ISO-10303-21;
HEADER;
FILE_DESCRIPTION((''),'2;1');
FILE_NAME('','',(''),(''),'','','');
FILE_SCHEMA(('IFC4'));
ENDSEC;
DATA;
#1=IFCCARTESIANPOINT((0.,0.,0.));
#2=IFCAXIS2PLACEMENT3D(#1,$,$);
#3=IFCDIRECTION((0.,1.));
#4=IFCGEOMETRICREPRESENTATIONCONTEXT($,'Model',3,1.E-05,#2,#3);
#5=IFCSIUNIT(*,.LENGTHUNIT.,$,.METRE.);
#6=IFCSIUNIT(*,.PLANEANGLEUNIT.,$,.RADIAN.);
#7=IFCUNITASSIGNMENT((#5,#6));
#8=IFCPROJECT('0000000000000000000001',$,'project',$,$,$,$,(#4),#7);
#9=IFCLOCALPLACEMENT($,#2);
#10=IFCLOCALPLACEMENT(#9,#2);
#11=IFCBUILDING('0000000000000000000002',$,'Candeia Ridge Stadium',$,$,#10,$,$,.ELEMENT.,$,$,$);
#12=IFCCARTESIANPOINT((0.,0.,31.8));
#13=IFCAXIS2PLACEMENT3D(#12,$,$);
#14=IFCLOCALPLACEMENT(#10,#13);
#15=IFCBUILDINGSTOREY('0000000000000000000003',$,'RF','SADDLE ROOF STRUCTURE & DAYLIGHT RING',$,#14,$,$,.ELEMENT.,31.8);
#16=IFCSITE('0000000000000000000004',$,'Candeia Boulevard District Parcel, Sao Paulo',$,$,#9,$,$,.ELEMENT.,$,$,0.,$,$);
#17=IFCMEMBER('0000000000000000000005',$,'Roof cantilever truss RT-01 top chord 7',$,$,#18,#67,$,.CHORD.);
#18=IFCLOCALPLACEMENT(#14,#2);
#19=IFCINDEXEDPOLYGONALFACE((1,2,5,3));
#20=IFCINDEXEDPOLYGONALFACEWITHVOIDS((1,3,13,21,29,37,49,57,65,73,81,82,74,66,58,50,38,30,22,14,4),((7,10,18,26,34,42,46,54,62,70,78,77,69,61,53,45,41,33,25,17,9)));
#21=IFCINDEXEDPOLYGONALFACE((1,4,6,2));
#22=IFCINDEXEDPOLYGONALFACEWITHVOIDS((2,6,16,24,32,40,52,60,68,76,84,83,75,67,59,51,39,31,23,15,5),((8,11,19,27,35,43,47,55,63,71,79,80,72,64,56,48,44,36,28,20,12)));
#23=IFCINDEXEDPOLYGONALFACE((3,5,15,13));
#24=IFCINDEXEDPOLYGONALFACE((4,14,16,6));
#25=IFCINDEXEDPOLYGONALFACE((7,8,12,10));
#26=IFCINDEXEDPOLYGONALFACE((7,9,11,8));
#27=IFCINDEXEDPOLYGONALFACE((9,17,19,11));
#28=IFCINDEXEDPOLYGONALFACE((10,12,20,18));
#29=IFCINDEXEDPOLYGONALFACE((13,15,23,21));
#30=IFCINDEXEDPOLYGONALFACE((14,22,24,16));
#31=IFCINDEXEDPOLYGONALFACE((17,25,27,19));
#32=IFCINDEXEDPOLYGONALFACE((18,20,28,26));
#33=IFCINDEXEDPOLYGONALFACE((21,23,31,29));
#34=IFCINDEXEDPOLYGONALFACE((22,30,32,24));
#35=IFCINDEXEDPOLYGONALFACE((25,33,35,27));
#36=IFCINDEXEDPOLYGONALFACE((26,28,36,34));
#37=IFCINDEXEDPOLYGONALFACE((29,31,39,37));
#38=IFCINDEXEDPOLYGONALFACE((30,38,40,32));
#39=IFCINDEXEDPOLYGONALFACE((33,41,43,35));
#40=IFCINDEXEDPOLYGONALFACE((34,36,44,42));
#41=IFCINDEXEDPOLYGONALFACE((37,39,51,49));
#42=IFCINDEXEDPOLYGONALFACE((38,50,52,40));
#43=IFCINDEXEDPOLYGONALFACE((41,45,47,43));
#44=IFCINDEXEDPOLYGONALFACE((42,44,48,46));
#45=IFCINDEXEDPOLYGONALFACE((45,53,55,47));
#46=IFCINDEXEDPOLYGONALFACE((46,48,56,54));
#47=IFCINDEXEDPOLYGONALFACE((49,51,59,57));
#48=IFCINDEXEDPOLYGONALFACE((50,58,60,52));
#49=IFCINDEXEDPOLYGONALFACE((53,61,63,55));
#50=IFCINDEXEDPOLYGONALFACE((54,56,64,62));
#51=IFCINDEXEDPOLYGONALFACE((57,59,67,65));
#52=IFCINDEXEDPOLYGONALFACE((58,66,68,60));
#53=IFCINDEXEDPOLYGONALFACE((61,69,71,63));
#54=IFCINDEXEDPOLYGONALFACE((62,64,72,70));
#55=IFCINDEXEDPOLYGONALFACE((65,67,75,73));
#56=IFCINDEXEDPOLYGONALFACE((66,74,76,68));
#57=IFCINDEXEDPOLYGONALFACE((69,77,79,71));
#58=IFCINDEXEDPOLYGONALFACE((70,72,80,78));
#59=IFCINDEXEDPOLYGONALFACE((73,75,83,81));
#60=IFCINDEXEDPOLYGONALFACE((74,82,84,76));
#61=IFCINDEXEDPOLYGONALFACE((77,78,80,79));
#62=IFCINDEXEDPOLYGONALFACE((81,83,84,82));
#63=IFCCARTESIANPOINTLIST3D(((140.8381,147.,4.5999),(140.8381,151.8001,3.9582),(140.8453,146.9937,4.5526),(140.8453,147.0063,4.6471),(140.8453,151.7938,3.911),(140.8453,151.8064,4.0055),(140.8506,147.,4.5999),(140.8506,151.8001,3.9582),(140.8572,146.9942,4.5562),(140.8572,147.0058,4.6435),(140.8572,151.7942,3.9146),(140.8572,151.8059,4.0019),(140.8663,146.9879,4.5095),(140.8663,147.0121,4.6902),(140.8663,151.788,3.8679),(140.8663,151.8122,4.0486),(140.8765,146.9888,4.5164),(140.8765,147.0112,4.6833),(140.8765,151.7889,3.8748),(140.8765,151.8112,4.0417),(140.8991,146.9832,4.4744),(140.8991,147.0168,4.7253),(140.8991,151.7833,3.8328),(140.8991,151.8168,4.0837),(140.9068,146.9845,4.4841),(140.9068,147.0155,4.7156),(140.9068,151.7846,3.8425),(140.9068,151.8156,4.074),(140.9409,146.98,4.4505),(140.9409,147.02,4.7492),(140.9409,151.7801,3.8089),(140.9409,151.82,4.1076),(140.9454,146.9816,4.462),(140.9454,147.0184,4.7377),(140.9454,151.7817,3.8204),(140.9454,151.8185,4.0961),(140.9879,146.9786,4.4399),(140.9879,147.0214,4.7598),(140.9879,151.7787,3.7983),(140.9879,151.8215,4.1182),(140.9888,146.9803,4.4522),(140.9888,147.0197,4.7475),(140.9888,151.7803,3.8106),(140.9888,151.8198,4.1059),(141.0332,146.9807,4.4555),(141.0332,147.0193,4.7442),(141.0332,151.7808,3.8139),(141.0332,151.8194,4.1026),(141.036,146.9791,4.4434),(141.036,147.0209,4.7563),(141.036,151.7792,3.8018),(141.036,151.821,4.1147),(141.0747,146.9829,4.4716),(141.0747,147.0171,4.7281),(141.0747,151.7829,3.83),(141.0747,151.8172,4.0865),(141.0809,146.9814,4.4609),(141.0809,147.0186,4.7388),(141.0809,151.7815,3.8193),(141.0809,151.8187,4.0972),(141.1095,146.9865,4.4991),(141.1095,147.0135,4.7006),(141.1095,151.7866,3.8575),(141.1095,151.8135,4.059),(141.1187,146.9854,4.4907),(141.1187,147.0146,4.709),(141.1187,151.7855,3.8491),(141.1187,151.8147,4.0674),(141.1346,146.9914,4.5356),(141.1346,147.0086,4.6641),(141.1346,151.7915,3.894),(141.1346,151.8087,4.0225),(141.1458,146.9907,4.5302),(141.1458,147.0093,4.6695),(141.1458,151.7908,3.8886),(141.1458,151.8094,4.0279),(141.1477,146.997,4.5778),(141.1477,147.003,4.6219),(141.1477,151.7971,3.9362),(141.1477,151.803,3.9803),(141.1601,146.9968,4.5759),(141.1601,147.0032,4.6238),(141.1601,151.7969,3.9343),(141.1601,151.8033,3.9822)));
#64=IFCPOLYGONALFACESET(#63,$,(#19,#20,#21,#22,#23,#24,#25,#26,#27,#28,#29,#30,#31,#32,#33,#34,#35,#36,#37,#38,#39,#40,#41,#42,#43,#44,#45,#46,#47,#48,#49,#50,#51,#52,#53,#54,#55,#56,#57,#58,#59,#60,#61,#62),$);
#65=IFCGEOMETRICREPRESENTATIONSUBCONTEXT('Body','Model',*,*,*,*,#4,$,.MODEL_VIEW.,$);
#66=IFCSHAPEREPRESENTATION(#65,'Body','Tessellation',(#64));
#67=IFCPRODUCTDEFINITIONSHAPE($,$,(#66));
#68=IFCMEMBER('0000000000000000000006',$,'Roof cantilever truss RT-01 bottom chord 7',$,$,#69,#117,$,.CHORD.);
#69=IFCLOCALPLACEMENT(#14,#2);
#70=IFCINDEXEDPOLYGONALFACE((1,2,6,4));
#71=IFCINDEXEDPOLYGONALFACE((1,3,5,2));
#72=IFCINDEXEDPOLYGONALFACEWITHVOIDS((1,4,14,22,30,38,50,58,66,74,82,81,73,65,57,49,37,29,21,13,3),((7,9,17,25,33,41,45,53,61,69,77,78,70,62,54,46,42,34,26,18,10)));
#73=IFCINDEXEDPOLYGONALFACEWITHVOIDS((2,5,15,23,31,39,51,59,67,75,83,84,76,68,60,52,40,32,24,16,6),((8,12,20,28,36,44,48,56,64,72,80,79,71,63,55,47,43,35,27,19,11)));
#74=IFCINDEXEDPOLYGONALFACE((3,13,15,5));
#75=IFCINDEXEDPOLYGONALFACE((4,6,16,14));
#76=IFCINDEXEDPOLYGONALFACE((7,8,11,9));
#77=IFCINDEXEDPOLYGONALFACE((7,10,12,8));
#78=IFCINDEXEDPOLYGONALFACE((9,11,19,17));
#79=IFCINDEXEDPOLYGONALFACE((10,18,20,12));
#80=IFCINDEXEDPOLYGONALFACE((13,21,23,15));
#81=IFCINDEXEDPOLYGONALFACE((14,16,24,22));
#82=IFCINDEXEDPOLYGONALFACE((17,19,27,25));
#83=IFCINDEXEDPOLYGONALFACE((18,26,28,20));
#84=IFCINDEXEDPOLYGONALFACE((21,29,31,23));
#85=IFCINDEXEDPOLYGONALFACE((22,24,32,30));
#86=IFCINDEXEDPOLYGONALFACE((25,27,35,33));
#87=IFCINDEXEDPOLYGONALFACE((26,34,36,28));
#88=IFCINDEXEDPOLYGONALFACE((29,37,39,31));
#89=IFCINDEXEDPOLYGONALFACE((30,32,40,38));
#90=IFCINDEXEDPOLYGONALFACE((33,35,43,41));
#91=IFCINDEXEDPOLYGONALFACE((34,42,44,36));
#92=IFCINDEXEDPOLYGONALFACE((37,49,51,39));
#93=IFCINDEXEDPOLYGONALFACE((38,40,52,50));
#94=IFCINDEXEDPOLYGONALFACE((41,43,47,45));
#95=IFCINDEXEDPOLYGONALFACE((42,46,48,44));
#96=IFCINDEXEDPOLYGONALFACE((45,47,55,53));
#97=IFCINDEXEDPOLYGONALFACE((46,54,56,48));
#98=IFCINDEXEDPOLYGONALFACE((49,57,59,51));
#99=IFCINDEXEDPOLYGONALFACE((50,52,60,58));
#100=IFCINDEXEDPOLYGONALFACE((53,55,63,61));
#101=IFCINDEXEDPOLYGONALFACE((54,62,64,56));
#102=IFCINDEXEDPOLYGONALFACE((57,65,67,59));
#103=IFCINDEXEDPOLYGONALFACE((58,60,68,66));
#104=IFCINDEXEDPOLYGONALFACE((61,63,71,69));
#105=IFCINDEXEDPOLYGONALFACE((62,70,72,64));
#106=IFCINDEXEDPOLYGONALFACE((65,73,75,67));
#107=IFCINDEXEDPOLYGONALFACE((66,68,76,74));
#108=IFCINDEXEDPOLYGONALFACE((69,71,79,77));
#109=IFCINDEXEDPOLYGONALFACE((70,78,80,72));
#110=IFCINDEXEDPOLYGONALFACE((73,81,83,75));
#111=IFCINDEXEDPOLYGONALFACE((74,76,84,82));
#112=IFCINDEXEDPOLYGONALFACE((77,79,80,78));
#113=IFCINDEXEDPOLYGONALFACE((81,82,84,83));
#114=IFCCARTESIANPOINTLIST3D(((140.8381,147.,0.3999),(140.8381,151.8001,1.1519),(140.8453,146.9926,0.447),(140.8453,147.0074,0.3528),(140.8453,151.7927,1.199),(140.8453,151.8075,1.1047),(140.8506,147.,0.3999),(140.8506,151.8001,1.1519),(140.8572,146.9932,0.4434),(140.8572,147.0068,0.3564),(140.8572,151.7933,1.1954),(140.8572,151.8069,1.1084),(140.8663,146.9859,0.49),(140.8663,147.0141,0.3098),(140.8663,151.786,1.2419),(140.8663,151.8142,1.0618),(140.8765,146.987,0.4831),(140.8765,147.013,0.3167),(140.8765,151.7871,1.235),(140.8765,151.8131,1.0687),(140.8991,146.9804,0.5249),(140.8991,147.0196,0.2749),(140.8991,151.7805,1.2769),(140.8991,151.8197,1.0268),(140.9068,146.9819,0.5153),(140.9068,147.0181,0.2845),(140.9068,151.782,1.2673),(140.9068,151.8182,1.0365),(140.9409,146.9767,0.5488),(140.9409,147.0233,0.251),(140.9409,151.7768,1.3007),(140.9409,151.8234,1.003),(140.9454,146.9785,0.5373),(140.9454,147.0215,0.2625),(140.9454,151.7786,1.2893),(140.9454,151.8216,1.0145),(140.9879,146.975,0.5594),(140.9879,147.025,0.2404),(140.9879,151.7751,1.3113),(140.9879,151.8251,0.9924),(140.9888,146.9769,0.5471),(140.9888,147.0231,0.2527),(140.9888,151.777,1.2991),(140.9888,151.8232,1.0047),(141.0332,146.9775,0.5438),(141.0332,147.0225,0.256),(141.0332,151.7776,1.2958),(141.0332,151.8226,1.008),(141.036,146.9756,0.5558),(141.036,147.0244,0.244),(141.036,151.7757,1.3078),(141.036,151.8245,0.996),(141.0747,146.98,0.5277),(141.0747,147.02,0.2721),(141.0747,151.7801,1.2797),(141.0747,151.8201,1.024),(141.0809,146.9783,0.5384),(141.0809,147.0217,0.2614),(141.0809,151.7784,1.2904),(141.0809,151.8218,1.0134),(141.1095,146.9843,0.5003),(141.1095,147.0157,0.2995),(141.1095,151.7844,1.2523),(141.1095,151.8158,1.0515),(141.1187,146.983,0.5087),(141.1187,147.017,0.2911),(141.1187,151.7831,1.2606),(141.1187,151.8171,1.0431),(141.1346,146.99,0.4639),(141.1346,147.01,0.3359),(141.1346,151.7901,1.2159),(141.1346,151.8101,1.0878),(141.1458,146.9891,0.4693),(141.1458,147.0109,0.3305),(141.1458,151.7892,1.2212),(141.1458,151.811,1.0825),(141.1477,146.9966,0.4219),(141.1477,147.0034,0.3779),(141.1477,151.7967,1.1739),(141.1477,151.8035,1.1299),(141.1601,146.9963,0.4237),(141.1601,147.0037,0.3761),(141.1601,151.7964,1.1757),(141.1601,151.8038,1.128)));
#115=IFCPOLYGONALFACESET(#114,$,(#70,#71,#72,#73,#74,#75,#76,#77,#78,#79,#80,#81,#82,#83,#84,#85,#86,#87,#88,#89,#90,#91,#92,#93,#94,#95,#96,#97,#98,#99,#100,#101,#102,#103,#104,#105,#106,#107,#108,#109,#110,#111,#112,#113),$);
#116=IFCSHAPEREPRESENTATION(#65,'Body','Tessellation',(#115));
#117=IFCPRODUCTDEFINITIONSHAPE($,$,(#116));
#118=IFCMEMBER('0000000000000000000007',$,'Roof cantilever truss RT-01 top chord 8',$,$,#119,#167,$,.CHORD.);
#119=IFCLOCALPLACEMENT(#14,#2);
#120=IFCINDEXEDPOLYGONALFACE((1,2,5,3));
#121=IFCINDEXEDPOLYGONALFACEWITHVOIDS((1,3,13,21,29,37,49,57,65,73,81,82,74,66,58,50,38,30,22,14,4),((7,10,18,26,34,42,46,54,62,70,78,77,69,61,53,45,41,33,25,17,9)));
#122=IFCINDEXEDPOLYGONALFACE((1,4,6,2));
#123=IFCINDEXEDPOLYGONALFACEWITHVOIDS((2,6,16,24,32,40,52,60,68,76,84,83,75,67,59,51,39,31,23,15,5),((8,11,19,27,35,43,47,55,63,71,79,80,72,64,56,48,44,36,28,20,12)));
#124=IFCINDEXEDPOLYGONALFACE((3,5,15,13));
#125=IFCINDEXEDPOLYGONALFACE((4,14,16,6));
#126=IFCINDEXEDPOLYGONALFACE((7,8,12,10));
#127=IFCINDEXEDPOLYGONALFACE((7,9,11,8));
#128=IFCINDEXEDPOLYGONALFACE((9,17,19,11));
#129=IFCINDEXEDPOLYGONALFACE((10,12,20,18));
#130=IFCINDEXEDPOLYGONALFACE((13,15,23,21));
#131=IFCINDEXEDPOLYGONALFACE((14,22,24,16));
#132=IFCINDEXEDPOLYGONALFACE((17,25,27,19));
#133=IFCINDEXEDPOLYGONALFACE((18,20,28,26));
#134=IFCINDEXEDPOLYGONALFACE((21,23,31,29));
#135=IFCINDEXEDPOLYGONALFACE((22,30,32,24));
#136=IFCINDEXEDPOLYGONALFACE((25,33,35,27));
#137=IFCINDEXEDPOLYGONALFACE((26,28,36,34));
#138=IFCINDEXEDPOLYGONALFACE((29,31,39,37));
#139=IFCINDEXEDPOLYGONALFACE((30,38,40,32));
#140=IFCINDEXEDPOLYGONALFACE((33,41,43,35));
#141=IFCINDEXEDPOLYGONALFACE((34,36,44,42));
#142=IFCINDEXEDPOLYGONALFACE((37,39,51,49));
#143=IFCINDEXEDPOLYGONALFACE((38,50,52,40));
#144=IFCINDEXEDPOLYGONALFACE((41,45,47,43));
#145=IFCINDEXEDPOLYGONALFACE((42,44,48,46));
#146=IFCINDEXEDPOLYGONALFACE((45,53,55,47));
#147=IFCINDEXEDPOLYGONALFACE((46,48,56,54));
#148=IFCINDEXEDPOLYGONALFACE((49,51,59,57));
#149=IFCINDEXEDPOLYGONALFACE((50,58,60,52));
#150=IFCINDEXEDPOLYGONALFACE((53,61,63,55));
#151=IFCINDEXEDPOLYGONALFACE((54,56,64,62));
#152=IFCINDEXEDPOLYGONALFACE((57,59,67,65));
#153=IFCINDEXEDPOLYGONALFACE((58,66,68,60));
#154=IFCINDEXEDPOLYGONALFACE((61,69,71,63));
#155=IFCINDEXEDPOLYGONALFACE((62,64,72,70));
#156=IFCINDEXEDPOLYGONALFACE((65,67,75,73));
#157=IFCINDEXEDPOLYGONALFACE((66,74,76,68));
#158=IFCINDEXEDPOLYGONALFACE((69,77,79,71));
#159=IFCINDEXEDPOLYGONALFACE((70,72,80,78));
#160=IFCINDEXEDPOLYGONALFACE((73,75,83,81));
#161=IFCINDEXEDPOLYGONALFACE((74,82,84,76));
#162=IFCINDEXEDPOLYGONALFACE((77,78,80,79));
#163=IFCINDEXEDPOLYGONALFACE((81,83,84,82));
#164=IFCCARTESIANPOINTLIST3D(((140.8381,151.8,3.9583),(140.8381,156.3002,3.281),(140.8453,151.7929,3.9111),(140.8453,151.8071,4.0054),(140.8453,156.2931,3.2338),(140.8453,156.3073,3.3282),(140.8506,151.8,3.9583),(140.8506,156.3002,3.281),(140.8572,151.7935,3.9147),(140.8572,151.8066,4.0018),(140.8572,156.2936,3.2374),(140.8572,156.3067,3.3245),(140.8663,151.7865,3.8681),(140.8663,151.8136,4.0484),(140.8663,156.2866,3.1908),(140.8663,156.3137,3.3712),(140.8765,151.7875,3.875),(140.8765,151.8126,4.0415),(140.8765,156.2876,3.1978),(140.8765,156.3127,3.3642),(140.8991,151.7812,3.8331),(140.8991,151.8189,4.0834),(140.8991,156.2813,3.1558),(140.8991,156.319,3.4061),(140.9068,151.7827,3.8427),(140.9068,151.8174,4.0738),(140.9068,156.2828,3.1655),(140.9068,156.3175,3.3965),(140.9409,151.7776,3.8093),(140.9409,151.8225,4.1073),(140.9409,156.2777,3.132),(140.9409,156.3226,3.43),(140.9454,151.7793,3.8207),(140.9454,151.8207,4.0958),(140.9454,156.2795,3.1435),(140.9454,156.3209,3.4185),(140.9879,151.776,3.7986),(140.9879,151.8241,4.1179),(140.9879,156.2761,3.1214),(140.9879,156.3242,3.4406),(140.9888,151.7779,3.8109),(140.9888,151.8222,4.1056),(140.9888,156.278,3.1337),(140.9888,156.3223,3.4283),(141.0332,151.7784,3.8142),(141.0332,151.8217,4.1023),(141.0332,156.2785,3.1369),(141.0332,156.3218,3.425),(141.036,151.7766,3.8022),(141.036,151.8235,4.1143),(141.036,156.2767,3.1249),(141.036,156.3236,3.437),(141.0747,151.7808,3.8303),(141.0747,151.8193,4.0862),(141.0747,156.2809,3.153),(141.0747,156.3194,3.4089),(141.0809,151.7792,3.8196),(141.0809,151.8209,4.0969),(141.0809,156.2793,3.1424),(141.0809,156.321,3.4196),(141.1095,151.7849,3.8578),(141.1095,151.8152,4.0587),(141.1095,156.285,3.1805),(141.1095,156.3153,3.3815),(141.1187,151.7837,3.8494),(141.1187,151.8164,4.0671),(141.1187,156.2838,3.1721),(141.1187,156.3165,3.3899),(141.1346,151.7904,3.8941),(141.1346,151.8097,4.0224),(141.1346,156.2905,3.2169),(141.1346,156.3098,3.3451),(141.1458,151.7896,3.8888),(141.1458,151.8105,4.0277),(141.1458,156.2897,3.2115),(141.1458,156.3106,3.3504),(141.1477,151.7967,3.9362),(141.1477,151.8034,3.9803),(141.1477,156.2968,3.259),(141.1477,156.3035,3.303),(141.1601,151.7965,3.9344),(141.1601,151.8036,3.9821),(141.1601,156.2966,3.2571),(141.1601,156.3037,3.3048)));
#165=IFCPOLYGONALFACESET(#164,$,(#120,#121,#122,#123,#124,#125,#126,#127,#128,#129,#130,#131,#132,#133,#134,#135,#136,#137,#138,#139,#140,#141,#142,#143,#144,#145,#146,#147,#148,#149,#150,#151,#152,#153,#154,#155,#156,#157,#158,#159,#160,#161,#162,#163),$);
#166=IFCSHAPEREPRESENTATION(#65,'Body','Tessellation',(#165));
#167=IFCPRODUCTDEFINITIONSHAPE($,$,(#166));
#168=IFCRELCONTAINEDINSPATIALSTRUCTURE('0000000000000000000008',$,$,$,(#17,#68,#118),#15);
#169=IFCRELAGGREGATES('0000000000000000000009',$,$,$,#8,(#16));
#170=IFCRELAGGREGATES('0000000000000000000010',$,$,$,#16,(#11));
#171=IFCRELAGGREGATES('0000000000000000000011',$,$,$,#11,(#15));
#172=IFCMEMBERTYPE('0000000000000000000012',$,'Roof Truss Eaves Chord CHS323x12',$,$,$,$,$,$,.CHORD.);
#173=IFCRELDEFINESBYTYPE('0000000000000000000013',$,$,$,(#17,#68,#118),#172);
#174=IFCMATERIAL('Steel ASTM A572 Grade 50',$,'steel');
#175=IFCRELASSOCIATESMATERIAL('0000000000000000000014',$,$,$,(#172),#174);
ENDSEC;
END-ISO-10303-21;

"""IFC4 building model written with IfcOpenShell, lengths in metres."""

from ifc_helpers import new_model, si_unit, direction, frame, origin, origin_2d, place, context, subcontext, project, spatial, hollow_circle, extrude, material, material_profile, profile_set, type_object, element, save


model = new_model("IFC4")

# Units and contexts
model_context = context("Model", 3, precision=1e-05, world=origin(), true_north=direction((0.0, 1.0)))
body_context = subcontext(model_context, "Body", "Model", "MODEL_VIEW")
ifc_project = project(units=[si_unit("LENGTHUNIT", "METRE"), si_unit("PLANEANGLEUNIT", "RADIAN")], contexts=[model_context])

# Site, building, storey
site_placement = place(None, origin())
site = spatial("IfcSite", under=ifc_project, at=site_placement, Name="Candeia Boulevard District Parcel, Sao Paulo", CompositionType="ELEMENT", RefElevation=0.0)
building_placement = place(site_placement, origin())
building = spatial("IfcBuilding", under=site, at=building_placement, Name="Candeia Ridge Stadium", CompositionType="ELEMENT")
storey_placement = place(building_placement, frame((0.0, 0.0, 31.8)))
storey = spatial("IfcBuildingStorey", under=building, at=storey_placement, Name="RF", Description="SADDLE ROOF STRUCTURE & DAYLIGHT RING", CompositionType="ELEMENT", Elevation=31.8)

# Shared definitions
ifc_material_1 = material(Name="Steel ASTM A572 Grade 50", Category="steel")

# Members
ifc_material_profile_1 = material_profile(ifc_material_1, hollow_circle(Radius=0.1619, WallThickness=0.0125, at=origin_2d()), Name="CHS323x12", Category="steel")
ifc_profile_set_1 = profile_set([ifc_material_profile_1], Name="Steel ASTM A572 Grade 50")
member_type_1 = type_object("IfcMemberType", Name="Roof Truss Eaves Chord CHS323x12", PredefinedType="CHORD", material=ifc_profile_set_1)
member_1_placement = place(storey_placement, frame((141.0, 147.0, 4.5999), z_axis=(0.0, 0.991185, -0.132487), x_axis=(-1.0, 0.0, 0.0)))
element("IfcMember", 1, at=member_1_placement, inside=storey, type_object=member_type_1, Name="Roof cantilever truss RT-01 top chord 7", PredefinedType="CHORD", context=body_context, shape_type="SweptSolid", body=[
    extrude(hollow_circle(Radius=0.1619, WallThickness=0.0125, at=origin_2d()), origin(), (0.0, 0.0, 1.0), 4.8428),
])
member_2_placement = place(storey_placement, frame((141.0, 147.0, 0.3999), z_axis=(0.0, 0.987951, 0.154768), x_axis=(-1.0, 0.0, 0.0)))
element("IfcMember", 2, at=member_2_placement, inside=storey, type_object=member_type_1, Name="Roof cantilever truss RT-01 bottom chord 7", PredefinedType="CHORD", context=body_context, shape_type="SweptSolid", body=[
    extrude(hollow_circle(Radius=0.1619, WallThickness=0.0125, at=origin_2d()), origin(), (0.0, 0.0, 1.0), 4.8586),
])
member_3_placement = place(storey_placement, frame((141.0, 151.8, 3.9583), z_axis=(0.0, 0.988864, -0.148823), x_axis=(-1.0, 0.0, 0.0)))
element("IfcMember", 3, at=member_3_placement, inside=storey, type_object=member_type_1, Name="Roof cantilever truss RT-01 top chord 8", PredefinedType="CHORD", context=body_context, shape_type="SweptSolid", body=[
    extrude(hollow_circle(Radius=0.1619, WallThickness=0.0125, at=origin_2d()), origin(), (0.0, 0.0, 1.0), 4.5508),
])

save(model, "model.ifc")
